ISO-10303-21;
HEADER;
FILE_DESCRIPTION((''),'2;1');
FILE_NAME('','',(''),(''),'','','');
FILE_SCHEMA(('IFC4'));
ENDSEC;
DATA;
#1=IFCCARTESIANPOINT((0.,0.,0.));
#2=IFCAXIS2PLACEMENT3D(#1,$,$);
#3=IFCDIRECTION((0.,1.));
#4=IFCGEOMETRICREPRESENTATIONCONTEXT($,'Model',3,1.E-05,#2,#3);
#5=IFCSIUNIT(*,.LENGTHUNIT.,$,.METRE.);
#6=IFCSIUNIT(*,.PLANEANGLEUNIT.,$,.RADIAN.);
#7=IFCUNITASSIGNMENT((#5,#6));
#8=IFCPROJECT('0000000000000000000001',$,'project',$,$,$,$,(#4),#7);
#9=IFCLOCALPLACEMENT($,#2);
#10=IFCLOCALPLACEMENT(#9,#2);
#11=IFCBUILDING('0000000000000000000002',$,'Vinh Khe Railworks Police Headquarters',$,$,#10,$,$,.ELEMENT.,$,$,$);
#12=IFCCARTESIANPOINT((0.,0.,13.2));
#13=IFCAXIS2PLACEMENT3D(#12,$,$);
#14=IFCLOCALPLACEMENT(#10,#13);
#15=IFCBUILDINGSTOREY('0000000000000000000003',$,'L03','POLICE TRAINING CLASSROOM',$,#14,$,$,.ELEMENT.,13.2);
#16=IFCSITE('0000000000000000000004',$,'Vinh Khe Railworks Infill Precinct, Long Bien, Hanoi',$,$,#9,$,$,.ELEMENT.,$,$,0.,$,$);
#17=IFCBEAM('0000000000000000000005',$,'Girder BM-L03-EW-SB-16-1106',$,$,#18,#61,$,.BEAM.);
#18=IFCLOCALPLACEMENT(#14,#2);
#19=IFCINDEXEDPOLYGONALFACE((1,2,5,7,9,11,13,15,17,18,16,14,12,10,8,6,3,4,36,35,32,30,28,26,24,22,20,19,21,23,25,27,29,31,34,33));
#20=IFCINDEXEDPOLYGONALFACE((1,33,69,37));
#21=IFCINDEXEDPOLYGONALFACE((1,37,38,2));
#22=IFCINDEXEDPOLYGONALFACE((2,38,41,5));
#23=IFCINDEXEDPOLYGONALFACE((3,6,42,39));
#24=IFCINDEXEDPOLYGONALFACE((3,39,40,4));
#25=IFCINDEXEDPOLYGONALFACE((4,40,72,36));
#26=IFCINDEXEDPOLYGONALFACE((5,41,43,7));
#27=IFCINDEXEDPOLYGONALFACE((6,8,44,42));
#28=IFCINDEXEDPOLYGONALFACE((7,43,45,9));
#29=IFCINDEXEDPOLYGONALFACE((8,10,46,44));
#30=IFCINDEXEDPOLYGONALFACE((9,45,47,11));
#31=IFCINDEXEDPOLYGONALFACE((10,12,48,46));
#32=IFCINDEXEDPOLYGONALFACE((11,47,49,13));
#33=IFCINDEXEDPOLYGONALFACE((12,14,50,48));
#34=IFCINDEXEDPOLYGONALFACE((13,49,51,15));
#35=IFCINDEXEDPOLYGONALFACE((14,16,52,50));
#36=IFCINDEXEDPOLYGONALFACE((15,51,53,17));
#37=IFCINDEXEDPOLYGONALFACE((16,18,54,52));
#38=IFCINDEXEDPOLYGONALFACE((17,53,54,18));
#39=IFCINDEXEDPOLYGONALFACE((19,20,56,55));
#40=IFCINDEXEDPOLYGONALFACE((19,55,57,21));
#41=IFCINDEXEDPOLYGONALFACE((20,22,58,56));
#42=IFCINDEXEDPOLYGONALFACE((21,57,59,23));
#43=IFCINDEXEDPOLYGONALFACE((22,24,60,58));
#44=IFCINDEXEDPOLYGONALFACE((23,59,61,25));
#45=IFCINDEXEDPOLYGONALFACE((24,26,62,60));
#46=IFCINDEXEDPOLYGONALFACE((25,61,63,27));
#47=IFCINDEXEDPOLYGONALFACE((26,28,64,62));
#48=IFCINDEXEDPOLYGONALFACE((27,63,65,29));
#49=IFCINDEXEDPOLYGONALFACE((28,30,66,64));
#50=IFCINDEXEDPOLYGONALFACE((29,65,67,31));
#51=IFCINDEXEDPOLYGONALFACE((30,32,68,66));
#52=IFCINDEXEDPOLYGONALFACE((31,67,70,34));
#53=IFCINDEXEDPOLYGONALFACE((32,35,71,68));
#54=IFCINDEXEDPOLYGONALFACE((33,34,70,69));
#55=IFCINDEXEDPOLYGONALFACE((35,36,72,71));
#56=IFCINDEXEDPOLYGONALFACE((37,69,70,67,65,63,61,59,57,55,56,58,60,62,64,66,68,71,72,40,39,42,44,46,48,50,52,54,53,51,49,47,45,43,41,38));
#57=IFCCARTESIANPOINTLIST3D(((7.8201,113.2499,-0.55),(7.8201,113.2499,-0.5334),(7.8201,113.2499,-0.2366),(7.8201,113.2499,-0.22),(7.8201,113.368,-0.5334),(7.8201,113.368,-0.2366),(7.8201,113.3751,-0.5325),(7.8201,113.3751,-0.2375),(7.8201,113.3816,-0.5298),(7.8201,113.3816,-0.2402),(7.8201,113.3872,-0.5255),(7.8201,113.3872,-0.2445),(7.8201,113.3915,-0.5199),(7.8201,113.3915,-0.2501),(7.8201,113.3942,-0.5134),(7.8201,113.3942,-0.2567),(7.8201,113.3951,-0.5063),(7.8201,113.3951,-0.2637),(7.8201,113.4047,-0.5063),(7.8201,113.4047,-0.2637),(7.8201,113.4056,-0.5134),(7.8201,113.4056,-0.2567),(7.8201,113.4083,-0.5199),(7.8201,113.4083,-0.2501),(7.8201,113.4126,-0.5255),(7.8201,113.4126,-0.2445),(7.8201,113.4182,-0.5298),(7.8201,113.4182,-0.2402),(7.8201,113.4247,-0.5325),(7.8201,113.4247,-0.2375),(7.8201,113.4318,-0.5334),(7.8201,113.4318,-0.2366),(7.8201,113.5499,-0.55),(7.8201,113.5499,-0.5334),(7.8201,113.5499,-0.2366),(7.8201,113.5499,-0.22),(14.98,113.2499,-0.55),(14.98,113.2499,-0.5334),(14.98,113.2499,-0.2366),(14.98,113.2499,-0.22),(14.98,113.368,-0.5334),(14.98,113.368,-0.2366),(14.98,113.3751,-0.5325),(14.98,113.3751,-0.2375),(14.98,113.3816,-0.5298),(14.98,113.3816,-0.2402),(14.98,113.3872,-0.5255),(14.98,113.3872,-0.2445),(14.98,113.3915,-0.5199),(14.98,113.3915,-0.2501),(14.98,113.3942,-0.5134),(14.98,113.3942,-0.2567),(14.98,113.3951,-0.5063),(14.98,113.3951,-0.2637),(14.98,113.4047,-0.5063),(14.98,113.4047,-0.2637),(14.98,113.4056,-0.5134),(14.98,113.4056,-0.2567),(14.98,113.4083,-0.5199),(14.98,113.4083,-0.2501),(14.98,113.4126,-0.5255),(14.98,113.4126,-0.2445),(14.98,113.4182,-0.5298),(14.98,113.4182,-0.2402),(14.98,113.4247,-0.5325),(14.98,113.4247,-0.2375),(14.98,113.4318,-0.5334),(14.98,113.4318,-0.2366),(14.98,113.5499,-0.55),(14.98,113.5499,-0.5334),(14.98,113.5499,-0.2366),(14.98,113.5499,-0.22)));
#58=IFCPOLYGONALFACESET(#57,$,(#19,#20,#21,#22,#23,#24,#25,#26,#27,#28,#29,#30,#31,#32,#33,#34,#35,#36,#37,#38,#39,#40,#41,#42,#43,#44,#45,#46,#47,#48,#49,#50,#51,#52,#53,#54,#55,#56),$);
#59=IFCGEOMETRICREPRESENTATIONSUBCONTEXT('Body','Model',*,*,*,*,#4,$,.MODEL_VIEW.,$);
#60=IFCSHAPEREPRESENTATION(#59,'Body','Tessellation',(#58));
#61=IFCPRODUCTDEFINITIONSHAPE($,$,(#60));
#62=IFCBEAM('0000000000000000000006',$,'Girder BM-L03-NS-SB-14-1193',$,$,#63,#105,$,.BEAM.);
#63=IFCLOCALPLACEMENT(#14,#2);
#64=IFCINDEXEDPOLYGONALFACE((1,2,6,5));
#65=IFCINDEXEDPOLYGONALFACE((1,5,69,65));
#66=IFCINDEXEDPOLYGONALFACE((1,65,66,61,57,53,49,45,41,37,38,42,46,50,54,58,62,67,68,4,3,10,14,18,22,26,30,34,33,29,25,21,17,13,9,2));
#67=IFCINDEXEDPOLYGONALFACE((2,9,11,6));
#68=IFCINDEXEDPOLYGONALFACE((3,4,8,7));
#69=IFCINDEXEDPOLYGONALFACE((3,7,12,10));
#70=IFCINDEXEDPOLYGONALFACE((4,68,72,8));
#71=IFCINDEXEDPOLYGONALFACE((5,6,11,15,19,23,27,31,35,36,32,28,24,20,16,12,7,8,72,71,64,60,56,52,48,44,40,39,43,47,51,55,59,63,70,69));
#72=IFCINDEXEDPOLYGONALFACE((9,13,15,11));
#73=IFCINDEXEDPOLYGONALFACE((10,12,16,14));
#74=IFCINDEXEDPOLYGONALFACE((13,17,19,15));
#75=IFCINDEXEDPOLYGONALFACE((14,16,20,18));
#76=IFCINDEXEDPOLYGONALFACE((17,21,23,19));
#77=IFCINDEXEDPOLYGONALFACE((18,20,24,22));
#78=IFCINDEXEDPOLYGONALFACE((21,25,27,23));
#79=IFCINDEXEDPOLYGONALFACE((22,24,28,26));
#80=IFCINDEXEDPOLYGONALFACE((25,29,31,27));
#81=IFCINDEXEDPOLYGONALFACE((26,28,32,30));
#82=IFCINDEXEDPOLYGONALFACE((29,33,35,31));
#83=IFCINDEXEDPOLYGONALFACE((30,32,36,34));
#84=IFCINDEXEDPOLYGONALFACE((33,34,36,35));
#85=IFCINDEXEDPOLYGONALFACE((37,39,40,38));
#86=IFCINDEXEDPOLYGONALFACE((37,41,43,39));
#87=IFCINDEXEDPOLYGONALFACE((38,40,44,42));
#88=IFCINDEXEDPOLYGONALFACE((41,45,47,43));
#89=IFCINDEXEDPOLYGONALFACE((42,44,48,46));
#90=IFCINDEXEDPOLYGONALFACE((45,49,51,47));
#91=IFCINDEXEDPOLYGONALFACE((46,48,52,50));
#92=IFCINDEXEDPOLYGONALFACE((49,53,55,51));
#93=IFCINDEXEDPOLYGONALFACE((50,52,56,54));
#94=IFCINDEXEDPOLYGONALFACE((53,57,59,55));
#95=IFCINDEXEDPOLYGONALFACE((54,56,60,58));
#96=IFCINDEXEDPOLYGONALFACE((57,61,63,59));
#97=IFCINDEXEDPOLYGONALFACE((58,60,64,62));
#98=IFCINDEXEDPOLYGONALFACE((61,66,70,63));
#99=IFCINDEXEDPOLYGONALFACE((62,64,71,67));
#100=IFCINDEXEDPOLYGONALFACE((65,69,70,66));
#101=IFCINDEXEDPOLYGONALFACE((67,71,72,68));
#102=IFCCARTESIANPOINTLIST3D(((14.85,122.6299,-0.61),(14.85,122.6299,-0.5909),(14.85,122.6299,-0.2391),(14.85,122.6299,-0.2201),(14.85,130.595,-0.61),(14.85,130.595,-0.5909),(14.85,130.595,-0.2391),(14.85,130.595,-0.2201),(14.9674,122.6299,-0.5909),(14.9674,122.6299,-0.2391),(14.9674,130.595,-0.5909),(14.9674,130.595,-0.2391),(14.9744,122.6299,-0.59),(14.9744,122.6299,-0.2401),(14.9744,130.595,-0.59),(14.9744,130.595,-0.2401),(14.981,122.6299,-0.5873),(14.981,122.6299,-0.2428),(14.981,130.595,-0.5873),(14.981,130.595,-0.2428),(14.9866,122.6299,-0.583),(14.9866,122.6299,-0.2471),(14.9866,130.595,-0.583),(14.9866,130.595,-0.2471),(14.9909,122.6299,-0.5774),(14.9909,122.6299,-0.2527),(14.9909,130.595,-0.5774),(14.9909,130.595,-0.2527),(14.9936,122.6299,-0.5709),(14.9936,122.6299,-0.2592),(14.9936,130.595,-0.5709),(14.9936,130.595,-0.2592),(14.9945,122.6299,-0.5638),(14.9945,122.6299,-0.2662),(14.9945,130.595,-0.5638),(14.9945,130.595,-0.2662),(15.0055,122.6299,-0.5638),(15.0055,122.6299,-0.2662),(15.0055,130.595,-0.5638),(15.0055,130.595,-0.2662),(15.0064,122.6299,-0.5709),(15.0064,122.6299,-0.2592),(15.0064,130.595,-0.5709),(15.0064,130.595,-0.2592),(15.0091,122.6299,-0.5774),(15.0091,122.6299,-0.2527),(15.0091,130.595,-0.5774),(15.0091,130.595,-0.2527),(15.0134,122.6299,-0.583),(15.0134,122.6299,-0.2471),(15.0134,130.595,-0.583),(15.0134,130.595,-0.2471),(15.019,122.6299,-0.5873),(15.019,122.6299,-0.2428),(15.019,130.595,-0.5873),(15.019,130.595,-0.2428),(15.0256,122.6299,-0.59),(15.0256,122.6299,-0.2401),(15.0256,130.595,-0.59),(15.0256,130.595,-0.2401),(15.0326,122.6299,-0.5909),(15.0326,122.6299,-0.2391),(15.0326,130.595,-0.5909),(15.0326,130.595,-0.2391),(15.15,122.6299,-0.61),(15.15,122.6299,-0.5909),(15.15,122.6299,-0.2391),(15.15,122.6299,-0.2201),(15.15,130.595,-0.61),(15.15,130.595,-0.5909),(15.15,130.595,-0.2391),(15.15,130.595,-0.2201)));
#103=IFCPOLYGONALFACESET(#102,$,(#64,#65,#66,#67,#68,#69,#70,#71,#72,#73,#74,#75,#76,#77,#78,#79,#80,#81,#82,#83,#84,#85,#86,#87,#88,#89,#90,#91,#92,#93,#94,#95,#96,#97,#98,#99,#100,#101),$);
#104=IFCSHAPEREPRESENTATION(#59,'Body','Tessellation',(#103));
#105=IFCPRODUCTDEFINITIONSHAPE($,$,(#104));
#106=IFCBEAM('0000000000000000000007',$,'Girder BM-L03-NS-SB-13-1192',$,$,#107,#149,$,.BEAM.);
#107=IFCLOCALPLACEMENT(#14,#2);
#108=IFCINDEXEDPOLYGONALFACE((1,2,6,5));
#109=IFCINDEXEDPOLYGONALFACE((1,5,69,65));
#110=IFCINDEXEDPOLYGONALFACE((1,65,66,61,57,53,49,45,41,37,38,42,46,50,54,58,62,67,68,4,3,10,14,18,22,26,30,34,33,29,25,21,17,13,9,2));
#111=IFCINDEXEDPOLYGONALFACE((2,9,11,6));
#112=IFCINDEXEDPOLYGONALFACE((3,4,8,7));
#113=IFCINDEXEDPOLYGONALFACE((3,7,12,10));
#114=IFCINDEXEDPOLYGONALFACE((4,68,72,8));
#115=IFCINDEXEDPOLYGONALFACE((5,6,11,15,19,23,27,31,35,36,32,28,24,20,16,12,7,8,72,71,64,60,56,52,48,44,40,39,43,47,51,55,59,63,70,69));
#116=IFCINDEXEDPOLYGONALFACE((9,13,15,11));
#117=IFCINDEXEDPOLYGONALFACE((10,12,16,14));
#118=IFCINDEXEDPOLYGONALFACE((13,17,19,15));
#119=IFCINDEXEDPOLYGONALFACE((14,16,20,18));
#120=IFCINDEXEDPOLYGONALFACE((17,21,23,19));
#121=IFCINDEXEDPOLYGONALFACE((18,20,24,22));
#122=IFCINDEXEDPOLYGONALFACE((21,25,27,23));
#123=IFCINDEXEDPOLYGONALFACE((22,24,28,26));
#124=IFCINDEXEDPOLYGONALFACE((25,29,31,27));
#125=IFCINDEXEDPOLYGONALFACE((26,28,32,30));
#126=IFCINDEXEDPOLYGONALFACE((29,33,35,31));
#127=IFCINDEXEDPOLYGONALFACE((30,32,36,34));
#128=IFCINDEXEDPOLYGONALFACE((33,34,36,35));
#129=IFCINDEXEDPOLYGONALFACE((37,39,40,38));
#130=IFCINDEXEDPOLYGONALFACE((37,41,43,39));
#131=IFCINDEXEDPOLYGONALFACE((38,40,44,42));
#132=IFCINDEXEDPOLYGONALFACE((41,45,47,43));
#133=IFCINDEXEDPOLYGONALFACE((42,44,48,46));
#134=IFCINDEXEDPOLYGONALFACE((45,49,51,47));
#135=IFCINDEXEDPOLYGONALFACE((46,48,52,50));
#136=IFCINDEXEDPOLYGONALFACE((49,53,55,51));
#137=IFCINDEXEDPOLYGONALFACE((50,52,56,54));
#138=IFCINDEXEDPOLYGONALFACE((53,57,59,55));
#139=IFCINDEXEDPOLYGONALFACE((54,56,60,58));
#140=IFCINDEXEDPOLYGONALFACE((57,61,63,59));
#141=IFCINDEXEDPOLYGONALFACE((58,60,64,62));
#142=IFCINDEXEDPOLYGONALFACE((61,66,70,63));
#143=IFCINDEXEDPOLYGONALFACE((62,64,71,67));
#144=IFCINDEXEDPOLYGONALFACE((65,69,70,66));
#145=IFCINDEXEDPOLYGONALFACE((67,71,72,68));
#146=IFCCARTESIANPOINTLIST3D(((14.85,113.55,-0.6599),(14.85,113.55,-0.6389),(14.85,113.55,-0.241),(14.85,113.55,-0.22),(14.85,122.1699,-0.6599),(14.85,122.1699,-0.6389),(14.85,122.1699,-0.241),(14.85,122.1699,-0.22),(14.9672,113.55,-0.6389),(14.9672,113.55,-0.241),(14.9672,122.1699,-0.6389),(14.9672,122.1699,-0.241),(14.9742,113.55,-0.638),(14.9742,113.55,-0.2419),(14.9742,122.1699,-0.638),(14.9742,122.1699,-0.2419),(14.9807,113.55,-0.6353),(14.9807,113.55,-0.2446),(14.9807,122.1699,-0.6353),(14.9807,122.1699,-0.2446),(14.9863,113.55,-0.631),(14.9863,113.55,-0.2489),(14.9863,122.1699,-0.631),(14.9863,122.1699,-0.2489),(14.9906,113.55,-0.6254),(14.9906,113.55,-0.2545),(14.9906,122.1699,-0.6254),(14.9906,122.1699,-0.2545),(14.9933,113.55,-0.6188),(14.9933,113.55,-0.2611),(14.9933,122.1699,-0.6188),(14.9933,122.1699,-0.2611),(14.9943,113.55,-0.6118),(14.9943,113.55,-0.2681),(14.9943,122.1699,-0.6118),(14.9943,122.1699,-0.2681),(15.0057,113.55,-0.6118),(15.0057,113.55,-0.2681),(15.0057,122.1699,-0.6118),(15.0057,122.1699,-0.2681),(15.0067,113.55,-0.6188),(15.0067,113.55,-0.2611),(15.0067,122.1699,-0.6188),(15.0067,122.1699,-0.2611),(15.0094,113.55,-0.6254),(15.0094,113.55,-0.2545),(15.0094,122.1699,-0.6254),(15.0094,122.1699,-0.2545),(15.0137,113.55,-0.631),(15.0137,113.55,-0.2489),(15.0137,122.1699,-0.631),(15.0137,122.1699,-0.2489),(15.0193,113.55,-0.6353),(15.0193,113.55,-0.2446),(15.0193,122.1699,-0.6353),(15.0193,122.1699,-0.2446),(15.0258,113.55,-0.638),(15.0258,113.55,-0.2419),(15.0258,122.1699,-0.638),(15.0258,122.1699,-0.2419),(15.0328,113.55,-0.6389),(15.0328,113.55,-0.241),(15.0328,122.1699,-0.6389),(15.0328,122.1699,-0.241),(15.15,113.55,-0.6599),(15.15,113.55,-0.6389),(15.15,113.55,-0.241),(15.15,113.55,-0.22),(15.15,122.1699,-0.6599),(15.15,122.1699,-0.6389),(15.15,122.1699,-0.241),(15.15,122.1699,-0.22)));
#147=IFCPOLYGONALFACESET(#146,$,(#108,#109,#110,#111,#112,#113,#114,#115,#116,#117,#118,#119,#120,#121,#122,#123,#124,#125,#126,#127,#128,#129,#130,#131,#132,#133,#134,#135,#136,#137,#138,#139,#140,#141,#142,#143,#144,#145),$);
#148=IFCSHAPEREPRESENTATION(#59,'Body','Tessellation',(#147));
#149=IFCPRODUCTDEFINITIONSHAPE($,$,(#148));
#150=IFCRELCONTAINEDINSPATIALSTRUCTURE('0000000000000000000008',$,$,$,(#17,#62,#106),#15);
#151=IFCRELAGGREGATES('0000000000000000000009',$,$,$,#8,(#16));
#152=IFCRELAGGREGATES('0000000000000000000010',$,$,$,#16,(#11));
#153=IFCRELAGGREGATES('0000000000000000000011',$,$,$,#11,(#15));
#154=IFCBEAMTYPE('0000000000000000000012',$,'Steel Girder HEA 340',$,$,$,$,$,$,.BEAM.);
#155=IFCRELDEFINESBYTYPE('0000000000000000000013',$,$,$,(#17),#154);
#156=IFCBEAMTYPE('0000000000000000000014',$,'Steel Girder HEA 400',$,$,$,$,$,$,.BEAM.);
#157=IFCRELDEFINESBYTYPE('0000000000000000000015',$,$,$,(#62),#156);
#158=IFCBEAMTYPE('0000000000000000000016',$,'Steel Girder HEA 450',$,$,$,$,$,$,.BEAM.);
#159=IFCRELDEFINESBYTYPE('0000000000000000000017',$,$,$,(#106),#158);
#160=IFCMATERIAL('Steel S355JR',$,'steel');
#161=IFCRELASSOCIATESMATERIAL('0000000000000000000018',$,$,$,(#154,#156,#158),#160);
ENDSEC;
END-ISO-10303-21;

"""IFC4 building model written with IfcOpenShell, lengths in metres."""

from ifc_helpers import new_model, si_unit, direction, frame, origin, origin_2d, place, context, subcontext, project, spatial, i_section, extrude, material, material_profile, profile_set, type_object, element, save


model = new_model("IFC4")

# Units and contexts
model_context = context("Model", 3, precision=1e-05, world=origin(), true_north=direction((0.0, 1.0)))
body_context = subcontext(model_context, "Body", "Model", "MODEL_VIEW")
ifc_project = project(units=[si_unit("LENGTHUNIT", "METRE"), si_unit("PLANEANGLEUNIT", "RADIAN")], contexts=[model_context])

# Site, building, storey
site_placement = place(None, origin())
site = spatial("IfcSite", under=ifc_project, at=site_placement, Name="Vinh Khe Railworks Infill Precinct, Long Bien, Hanoi", CompositionType="ELEMENT", RefElevation=0.0)
building_placement = place(site_placement, origin())
building = spatial("IfcBuilding", under=site, at=building_placement, Name="Vinh Khe Railworks Police Headquarters", CompositionType="ELEMENT")
storey_placement = place(building_placement, frame((0.0, 0.0, 13.2)))
storey = spatial("IfcBuildingStorey", under=building, at=storey_placement, Name="L03", Description="POLICE TRAINING CLASSROOM", CompositionType="ELEMENT", Elevation=13.2)

# Shared definitions
ifc_material_1 = material(Name="Steel S355JR", Category="steel")

# Beams
ifc_material_profile_1 = material_profile(ifc_material_1, i_section(OverallWidth=0.3, OverallDepth=0.3301, WebThickness=0.0095, FlangeThickness=0.0166, FilletRadius=0.0271, at=origin_2d()), Name="HEA 340")
ifc_profile_set_1 = profile_set([ifc_material_profile_1], Name="Steel S355JR")
beam_type_1 = type_object("IfcBeamType", Name="Steel Girder HEA 340", PredefinedType="BEAM", material=ifc_profile_set_1)
beam_1_placement = place(storey_placement, frame((7.8201, 113.3999, -0.385), z_axis=(1.0, 0.0, 0.0), x_axis=(0.0, 1.0, 0.0)))
element("IfcBeam", 1, at=beam_1_placement, inside=storey, type_object=beam_type_1, Name="Girder BM-L03-EW-SB-16-1106", PredefinedType="BEAM", context=body_context, shape_type="SweptSolid", body=[
    extrude(i_section(OverallWidth=0.3, OverallDepth=0.3301, WebThickness=0.0095, FlangeThickness=0.0166, FilletRadius=0.0271, at=origin_2d()), origin(), (0.0, 0.0, 1.0), 7.1599),
])
ifc_material_profile_2 = material_profile(ifc_material_1, i_section(OverallWidth=0.3, OverallDepth=0.3899, WebThickness=0.011, FlangeThickness=0.019, FilletRadius=0.0271, at=origin_2d()), Name="HEA 400")
ifc_profile_set_2 = profile_set([ifc_material_profile_2], Name="Steel S355JR")
beam_type_2 = type_object("IfcBeamType", Name="Steel Girder HEA 400", PredefinedType="BEAM", material=ifc_profile_set_2)
beam_2_placement = place(storey_placement, frame((15.0, 122.6299, -0.415), z_axis=(0.0, 1.0, 0.0), x_axis=(-1.0, 0.0, 0.0)))
element("IfcBeam", 2, at=beam_2_placement, inside=storey, type_object=beam_type_2, Name="Girder BM-L03-NS-SB-14-1193", PredefinedType="BEAM", context=body_context, shape_type="SweptSolid", body=[
    extrude(i_section(OverallWidth=0.3, OverallDepth=0.3899, WebThickness=0.011, FlangeThickness=0.019, FilletRadius=0.0271, at=origin_2d()), origin(), (0.0, 0.0, 1.0), 7.9651),
])
ifc_material_profile_3 = material_profile(ifc_material_1, i_section(OverallWidth=0.3, OverallDepth=0.4399, WebThickness=0.0115, FlangeThickness=0.021, FilletRadius=0.0271, at=origin_2d()), Name="HEA 450")
ifc_profile_set_3 = profile_set([ifc_material_profile_3], Name="Steel S355JR")
beam_type_3 = type_object("IfcBeamType", Name="Steel Girder HEA 450", PredefinedType="BEAM", material=ifc_profile_set_3)
beam_3_placement = place(storey_placement, frame((15.0, 113.55, -0.4399), z_axis=(0.0, 1.0, 0.0), x_axis=(-1.0, 0.0, 0.0)))
element("IfcBeam", 3, at=beam_3_placement, inside=storey, type_object=beam_type_3, Name="Girder BM-L03-NS-SB-13-1192", PredefinedType="BEAM", context=body_context, shape_type="SweptSolid", body=[
    extrude(i_section(OverallWidth=0.3, OverallDepth=0.4399, WebThickness=0.0115, FlangeThickness=0.021, FilletRadius=0.0271, at=origin_2d()), origin(), (0.0, 0.0, 1.0), 8.6199),
])

save(model, "model.ifc")
